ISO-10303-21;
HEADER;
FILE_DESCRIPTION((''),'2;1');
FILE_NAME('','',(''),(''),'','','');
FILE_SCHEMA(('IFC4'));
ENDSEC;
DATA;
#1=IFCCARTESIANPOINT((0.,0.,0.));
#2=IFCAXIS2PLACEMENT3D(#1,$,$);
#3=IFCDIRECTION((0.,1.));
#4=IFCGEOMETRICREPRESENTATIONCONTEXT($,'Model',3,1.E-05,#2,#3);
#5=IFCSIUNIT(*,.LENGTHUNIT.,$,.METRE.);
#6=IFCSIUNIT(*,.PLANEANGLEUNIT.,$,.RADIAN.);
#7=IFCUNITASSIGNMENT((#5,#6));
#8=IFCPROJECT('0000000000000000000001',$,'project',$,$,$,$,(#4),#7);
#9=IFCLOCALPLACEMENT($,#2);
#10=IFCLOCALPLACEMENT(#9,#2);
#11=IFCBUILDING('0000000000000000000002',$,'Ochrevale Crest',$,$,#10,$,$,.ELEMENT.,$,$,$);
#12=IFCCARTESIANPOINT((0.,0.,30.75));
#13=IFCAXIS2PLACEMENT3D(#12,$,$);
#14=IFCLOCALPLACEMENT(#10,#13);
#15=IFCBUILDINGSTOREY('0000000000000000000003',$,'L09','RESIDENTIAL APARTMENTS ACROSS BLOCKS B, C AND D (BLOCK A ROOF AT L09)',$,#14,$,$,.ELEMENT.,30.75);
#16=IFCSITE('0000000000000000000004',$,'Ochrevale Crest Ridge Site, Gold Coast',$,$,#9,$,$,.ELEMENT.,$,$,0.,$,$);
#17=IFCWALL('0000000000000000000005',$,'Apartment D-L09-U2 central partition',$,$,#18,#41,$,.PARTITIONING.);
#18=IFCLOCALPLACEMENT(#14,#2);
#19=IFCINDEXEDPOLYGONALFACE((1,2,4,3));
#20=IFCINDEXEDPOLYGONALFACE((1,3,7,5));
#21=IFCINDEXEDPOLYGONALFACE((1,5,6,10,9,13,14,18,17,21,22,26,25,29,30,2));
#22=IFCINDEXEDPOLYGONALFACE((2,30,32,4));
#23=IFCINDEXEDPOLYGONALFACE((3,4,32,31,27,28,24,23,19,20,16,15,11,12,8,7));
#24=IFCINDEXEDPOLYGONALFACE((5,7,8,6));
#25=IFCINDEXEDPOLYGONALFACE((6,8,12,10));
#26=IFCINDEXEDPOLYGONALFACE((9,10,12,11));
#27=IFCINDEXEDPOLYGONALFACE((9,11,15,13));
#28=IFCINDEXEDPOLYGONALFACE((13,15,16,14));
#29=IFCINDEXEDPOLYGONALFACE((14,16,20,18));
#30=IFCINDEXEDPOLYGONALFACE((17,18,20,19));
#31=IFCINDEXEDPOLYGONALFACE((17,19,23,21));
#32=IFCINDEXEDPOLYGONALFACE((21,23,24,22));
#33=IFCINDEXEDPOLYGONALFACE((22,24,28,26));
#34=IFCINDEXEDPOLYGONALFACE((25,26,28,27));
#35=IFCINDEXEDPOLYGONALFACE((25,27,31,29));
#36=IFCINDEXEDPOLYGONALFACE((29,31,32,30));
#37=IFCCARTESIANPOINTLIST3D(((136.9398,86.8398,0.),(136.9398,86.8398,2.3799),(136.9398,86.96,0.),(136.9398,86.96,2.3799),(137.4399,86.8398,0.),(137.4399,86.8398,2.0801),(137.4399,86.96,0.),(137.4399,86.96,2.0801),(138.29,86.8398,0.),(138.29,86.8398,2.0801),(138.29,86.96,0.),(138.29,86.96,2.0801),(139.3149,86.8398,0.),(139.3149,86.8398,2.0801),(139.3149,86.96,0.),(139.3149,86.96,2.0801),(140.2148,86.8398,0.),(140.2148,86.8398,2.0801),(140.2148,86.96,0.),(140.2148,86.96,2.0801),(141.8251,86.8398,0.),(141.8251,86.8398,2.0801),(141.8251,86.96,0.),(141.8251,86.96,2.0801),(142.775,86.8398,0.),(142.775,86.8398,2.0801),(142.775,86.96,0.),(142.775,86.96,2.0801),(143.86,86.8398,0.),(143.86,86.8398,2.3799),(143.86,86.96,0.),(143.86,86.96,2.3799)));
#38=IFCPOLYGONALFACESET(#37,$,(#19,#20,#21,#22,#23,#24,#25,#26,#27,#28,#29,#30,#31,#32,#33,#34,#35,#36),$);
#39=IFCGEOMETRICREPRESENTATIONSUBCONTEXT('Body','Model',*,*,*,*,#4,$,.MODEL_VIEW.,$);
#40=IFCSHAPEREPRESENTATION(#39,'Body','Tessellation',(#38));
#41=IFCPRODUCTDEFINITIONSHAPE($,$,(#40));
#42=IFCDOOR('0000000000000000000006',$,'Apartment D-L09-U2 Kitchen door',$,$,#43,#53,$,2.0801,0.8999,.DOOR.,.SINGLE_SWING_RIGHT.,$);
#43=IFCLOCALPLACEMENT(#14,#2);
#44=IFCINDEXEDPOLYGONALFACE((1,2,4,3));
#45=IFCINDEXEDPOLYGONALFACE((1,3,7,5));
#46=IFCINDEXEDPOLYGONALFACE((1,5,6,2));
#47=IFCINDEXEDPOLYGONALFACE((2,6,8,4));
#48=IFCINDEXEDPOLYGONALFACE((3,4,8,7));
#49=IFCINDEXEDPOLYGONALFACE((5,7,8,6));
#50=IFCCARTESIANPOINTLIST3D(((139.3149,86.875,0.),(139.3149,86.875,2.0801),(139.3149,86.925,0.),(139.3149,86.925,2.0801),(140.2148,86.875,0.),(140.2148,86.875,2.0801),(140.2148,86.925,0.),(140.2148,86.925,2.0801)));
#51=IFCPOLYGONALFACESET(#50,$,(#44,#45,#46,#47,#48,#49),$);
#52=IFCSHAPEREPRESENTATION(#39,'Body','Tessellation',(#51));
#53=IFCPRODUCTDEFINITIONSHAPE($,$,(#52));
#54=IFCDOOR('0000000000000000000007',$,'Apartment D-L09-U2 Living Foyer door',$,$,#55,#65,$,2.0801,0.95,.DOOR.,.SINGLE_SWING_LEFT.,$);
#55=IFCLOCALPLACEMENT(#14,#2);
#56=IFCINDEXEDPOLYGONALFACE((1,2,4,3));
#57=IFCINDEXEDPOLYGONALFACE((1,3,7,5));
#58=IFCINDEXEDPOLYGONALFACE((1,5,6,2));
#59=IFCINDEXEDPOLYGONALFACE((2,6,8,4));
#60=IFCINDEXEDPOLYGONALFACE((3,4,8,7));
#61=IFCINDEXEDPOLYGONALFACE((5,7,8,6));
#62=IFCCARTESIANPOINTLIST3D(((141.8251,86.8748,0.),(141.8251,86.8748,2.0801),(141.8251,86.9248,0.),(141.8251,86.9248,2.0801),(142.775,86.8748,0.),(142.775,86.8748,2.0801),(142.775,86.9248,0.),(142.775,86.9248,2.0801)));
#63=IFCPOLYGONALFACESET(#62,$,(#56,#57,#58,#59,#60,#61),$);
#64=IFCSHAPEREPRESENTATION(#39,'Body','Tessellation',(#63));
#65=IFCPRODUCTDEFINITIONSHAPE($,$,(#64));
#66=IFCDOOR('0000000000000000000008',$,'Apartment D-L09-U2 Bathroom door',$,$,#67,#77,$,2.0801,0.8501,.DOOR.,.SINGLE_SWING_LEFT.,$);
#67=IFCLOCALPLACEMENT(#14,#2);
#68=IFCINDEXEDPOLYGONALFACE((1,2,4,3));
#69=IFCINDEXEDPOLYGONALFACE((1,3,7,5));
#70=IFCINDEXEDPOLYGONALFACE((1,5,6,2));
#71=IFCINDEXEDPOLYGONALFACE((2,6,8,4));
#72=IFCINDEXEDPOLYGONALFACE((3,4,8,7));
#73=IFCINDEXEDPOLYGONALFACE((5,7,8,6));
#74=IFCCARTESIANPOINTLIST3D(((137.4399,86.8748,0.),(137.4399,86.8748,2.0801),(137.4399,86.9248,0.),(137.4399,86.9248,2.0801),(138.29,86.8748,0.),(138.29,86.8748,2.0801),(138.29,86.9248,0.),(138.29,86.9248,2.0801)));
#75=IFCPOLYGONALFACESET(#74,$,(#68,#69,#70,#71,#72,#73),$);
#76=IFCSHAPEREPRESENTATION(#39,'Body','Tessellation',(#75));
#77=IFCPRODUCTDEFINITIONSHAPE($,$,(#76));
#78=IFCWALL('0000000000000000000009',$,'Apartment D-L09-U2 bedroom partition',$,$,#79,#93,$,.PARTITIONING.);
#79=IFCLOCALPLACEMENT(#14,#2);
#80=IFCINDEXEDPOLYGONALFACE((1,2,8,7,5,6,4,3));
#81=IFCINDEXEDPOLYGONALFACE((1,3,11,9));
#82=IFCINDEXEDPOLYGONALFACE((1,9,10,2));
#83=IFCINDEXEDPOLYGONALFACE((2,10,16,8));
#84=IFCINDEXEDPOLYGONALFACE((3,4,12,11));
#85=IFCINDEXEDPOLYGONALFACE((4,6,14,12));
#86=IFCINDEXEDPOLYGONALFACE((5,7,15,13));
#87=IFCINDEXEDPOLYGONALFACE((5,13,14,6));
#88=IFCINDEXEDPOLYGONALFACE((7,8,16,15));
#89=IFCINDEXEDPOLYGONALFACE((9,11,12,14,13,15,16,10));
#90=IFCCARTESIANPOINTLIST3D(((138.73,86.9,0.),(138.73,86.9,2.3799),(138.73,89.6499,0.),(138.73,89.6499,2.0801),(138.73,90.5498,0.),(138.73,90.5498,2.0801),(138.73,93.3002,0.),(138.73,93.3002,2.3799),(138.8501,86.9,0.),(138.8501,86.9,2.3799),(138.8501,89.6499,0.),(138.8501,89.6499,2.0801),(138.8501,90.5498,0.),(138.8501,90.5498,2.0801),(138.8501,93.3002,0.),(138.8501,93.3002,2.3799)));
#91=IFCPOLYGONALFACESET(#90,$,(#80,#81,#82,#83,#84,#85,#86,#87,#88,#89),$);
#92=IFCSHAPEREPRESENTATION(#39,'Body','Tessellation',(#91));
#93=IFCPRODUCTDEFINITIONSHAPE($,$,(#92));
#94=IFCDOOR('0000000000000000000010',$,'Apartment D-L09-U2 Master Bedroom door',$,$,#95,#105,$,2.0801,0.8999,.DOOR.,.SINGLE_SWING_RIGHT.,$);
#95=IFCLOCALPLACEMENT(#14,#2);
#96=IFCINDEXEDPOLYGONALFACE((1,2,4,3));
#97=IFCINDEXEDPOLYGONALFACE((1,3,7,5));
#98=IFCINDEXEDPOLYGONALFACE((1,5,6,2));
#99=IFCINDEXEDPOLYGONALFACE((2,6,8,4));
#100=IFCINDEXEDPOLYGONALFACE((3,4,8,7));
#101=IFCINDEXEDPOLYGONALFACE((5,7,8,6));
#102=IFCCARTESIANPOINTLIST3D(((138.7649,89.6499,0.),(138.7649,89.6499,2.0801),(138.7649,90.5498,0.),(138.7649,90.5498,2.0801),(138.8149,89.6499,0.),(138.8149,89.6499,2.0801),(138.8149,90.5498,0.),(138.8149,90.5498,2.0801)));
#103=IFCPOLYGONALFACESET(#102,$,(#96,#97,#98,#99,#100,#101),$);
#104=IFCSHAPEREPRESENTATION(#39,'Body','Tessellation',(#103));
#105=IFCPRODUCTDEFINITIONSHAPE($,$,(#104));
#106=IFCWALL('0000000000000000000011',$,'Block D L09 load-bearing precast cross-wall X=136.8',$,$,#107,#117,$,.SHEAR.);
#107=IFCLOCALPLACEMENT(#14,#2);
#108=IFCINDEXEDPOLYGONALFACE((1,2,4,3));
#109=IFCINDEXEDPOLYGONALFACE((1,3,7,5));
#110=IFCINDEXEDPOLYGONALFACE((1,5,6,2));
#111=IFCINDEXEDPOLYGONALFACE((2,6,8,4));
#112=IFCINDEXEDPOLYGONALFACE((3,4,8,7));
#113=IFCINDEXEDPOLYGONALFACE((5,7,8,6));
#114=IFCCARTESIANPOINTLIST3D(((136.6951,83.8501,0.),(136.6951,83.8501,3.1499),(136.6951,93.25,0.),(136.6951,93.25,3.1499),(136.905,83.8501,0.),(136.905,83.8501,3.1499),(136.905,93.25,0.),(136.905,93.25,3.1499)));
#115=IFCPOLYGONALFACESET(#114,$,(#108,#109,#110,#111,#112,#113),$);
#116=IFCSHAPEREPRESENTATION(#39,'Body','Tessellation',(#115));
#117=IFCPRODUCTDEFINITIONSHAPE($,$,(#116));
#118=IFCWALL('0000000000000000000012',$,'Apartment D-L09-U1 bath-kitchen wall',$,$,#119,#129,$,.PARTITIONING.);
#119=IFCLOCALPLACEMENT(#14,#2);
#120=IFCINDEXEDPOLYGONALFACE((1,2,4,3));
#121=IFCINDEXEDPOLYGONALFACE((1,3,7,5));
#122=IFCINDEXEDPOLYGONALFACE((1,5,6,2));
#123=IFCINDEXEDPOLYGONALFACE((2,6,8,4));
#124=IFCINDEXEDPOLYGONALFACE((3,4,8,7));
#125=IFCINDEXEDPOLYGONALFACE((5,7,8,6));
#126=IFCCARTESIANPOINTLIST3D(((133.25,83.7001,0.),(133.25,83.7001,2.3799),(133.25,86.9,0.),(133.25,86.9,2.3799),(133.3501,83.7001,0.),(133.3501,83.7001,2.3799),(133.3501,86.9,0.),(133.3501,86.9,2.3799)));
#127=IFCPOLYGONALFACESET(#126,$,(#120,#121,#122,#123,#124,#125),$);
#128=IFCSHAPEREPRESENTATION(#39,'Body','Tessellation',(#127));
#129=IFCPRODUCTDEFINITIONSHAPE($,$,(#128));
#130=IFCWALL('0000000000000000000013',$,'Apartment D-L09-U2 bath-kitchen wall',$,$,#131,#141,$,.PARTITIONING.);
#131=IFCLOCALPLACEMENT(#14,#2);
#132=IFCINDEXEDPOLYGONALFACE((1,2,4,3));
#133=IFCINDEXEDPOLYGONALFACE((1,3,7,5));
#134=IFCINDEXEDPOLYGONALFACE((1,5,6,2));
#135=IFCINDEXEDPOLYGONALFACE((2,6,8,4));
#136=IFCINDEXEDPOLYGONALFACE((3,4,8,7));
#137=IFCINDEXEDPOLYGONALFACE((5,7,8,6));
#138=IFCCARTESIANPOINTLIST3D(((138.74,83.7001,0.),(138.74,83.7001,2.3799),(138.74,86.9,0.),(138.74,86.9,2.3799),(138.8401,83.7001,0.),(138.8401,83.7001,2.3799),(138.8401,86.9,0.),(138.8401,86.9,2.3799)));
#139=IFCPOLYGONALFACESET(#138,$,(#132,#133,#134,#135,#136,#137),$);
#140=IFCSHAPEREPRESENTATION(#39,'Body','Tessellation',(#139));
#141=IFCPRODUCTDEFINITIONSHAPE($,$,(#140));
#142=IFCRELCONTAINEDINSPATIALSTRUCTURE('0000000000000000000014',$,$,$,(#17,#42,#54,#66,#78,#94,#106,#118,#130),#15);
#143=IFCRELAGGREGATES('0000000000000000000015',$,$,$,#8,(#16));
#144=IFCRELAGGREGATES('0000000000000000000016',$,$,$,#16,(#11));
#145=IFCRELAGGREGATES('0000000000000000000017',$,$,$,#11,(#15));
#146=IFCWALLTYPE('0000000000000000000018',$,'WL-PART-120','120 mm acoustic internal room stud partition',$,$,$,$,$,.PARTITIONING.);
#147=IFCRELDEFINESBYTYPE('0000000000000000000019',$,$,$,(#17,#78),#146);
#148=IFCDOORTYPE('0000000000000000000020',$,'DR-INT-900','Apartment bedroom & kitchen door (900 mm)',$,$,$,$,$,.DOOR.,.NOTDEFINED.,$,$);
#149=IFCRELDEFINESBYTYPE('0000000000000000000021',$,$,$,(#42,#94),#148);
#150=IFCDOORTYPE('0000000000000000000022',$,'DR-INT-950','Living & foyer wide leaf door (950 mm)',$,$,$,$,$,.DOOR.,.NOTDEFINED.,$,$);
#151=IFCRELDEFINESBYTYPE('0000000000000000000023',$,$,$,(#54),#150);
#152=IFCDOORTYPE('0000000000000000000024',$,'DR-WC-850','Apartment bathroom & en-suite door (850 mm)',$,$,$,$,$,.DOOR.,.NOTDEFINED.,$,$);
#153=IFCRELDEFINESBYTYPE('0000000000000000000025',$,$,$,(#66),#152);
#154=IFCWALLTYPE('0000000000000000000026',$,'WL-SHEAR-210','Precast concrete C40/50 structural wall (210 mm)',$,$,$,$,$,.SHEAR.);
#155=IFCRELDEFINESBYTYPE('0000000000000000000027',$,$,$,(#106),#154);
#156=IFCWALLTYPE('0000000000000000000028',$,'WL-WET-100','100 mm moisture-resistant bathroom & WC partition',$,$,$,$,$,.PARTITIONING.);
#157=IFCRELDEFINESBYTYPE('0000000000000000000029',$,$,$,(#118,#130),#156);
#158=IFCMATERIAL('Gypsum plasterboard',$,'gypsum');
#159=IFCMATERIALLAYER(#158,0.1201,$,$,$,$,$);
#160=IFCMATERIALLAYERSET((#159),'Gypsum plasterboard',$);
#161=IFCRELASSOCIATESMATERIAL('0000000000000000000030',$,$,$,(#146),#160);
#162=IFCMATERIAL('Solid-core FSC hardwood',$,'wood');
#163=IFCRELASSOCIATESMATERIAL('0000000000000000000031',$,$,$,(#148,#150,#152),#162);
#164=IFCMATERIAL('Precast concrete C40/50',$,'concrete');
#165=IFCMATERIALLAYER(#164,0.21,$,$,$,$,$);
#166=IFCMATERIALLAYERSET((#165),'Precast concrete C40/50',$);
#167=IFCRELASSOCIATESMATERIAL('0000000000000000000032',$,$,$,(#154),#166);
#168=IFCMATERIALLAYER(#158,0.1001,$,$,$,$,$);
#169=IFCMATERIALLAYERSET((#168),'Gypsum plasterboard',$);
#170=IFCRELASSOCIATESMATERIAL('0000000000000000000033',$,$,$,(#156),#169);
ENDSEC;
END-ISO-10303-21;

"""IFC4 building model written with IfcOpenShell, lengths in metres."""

from ifc_helpers import new_model, si_unit, direction, frame, frame_2d, origin, place, context, subcontext, project, spatial, rectangle, extrude, material, layer, layer_set, type_object, element, fill, save


model = new_model("IFC4")

# Units and contexts
model_context = context("Model", 3, precision=1e-05, world=origin(), true_north=direction((0.0, 1.0)))
body_context = subcontext(model_context, "Body", "Model", "MODEL_VIEW")
ifc_project = project(units=[si_unit("LENGTHUNIT", "METRE"), si_unit("PLANEANGLEUNIT", "RADIAN")], contexts=[model_context])

# Site, building, storey
site_placement = place(None, origin())
site = spatial("IfcSite", under=ifc_project, at=site_placement, Name="Ochrevale Crest Ridge Site, Gold Coast", CompositionType="ELEMENT", RefElevation=0.0)
building_placement = place(site_placement, origin())
building = spatial("IfcBuilding", under=site, at=building_placement, Name="Ochrevale Crest", CompositionType="ELEMENT")
storey_placement = place(building_placement, frame((0.0, 0.0, 30.75)))
storey = spatial("IfcBuildingStorey", under=building, at=storey_placement, Name="L09", Description="RESIDENTIAL APARTMENTS ACROSS BLOCKS B, C AND D (BLOCK A ROOF AT L09)", CompositionType="ELEMENT", Elevation=30.75)

# Shared definitions
ifc_material_1 = material(Name="Gypsum plasterboard", Category="gypsum")
ifc_material_2 = material(Name="Solid-core FSC hardwood", Category="wood")

# Shared definitions
ifc_layer_1 = layer(ifc_material_1, 0.1201)
ifc_layer_set_1 = layer_set([ifc_layer_1], Name="Gypsum plasterboard")
wall_type_1 = type_object("IfcWallType", Name="WL-PART-120", Description="120 mm acoustic internal room stud partition", PredefinedType="PARTITIONING", material=ifc_layer_set_1)

# Shared definitions
door_type_1 = type_object("IfcDoorType", Name="DR-INT-900", Description="Apartment bedroom & kitchen door (900 mm)", OperationType="NOTDEFINED", PredefinedType="DOOR", material=ifc_material_2)

# Wall, openings, doors
wall_1_placement = place(storey_placement, frame((136.9399, 86.8999, 0.0), z_axis=(0.0, 0.0, 1.0), x_axis=(1.0, 0.0, 0.0)))
wall_1 = element("IfcWall", 1, at=wall_1_placement, inside=storey, type_object=wall_type_1, Name="Apartment D-L09-U2 central partition", PredefinedType="PARTITIONING", context=body_context, shape_type="SweptSolid", body=[
    extrude(rectangle(XDim=6.9202, YDim=0.1201, at=frame_2d((3.46, 0.0))), origin(), (0.0, 0.0, 1.0), 2.3799),
])
opening_1_placement = place(wall_1_placement, frame((0.5, 0.0, 0.0)))
opening_1 = element("IfcOpeningElement", 2, at=opening_1_placement, cuts=wall_1, PredefinedType="OPENING", context=body_context, shape_type="SweptSolid", body=[
    extrude(rectangle(XDim=0.8501, YDim=2.0801, at=frame_2d((0.425, 1.04))), frame((0.0, 0.0701, 0.0), z_axis=(0.0, -1.0, 0.0), x_axis=(1.0, 0.0, 0.0)), (0.0, 0.0, 1.0), 0.1401),
])
opening_2_placement = place(wall_1_placement, frame((3.2749, 0.0, 0.0), z_axis=(0.0, 0.0, 1.0), x_axis=(-1.0, 0.0, 0.0)))
opening_2 = element("IfcOpeningElement", 3, at=opening_2_placement, cuts=wall_1, PredefinedType="OPENING", context=body_context, shape_type="SweptSolid", body=[
    extrude(rectangle(XDim=0.8999, YDim=2.0801, at=frame_2d((0.45, 1.04))), frame((0.0, 0.0701, 0.0), z_axis=(0.0, -1.0, 0.0), x_axis=(1.0, 0.0, 0.0)), (0.0, 0.0, 1.0), 0.1401),
])
opening_3_placement = place(wall_1_placement, frame((4.885, 0.0, 0.0)))
opening_3 = element("IfcOpeningElement", 4, at=opening_3_placement, cuts=wall_1, PredefinedType="OPENING", context=body_context, shape_type="SweptSolid", body=[
    extrude(rectangle(XDim=0.95, YDim=2.0801, at=frame_2d((0.4751, 1.04))), frame((0.0, 0.0701, 0.0), z_axis=(0.0, -1.0, 0.0), x_axis=(1.0, 0.0, 0.0)), (0.0, 0.0, 1.0), 0.1401),
])
door_1_placement = place(opening_2_placement, origin())
door_1 = element("IfcDoor", 5, at=door_1_placement, inside=storey, type_object=door_type_1, Name="Apartment D-L09-U2 Kitchen door", OperationType="SINGLE_SWING_RIGHT", OverallHeight=2.0801, OverallWidth=0.8999, PredefinedType="DOOR", context=body_context, shape_type="SweptSolid", body=[
    extrude(rectangle(XDim=0.8999, YDim=2.0801, at=frame_2d((0.45, 1.04))), frame((0.0, 0.0249, 0.0), z_axis=(0.0, -1.0, 0.0), x_axis=(1.0, 0.0, 0.0)), (0.0, 0.0, 1.0), 0.05),
])
fill(opening_2, door_1)
door_type_2 = type_object("IfcDoorType", Name="DR-INT-950", Description="Living & foyer wide leaf door (950 mm)", OperationType="NOTDEFINED", PredefinedType="DOOR", material=ifc_material_2)
door_2_placement = place(opening_3_placement, origin())
door_2 = element("IfcDoor", 6, at=door_2_placement, inside=storey, type_object=door_type_2, Name="Apartment D-L09-U2 Living Foyer door", OperationType="SINGLE_SWING_LEFT", OverallHeight=2.0801, OverallWidth=0.95, PredefinedType="DOOR", context=body_context, shape_type="SweptSolid", body=[
    extrude(rectangle(XDim=0.95, YDim=2.0801, at=frame_2d((0.4751, 1.04))), frame((0.0, 0.0249, 0.0), z_axis=(0.0, -1.0, 0.0), x_axis=(1.0, 0.0, 0.0)), (0.0, 0.0, 1.0), 0.05),
])
fill(opening_3, door_2)
door_type_3 = type_object("IfcDoorType", Name="DR-WC-850", Description="Apartment bathroom & en-suite door (850 mm)", OperationType="NOTDEFINED", PredefinedType="DOOR", material=ifc_material_2)
door_3_placement = place(opening_1_placement, origin())
door_3 = element("IfcDoor", 7, at=door_3_placement, inside=storey, type_object=door_type_3, Name="Apartment D-L09-U2 Bathroom door", OperationType="SINGLE_SWING_LEFT", OverallHeight=2.0801, OverallWidth=0.8501, PredefinedType="DOOR", context=body_context, shape_type="SweptSolid", body=[
    extrude(rectangle(XDim=0.8501, YDim=2.0801, at=frame_2d((0.425, 1.04))), frame((0.0, 0.0249, 0.0), z_axis=(0.0, -1.0, 0.0), x_axis=(1.0, 0.0, 0.0)), (0.0, 0.0, 1.0), 0.05),
])
fill(opening_1, door_3)

# Wall, opening, door
wall_2_placement = place(storey_placement, frame((138.79, 86.8999, 0.0), z_axis=(0.0, 0.0, 1.0), x_axis=(0.0, 1.0, 0.0)))
wall_2 = element("IfcWall", 8, at=wall_2_placement, inside=storey, type_object=wall_type_1, Name="Apartment D-L09-U2 bedroom partition", PredefinedType="PARTITIONING", context=body_context, shape_type="SweptSolid", body=[
    extrude(rectangle(XDim=6.4001, YDim=0.1201, at=frame_2d((3.2002, 0.0))), origin(), (0.0, 0.0, 1.0), 2.3799),
])
opening_4_placement = place(wall_2_placement, frame((3.6499, 0.0, 0.0), z_axis=(0.0, 0.0, 1.0), x_axis=(-1.0, 0.0, 0.0)))
opening_4 = element("IfcOpeningElement", 9, at=opening_4_placement, cuts=wall_2, PredefinedType="OPENING", context=body_context, shape_type="SweptSolid", body=[
    extrude(rectangle(XDim=0.8999, YDim=2.0801, at=frame_2d((0.45, 1.04))), frame((0.0, 0.0701, 0.0), z_axis=(0.0, -1.0, 0.0), x_axis=(1.0, 0.0, 0.0)), (0.0, 0.0, 1.0), 0.1401),
])
door_4_placement = place(opening_4_placement, origin())
door_4 = element("IfcDoor", 10, at=door_4_placement, inside=storey, type_object=door_type_1, Name="Apartment D-L09-U2 Master Bedroom door", OperationType="SINGLE_SWING_RIGHT", OverallHeight=2.0801, OverallWidth=0.8999, PredefinedType="DOOR", context=body_context, shape_type="SweptSolid", body=[
    extrude(rectangle(XDim=0.8999, YDim=2.0801, at=frame_2d((0.45, 1.04))), frame((0.0, 0.0249, 0.0), z_axis=(0.0, -1.0, 0.0), x_axis=(1.0, 0.0, 0.0)), (0.0, 0.0, 1.0), 0.05),
])
fill(opening_4, door_4)

# Walls
ifc_material_3 = material(Name="Precast concrete C40/50", Category="concrete")
ifc_layer_2 = layer(ifc_material_3, 0.21)
ifc_layer_set_2 = layer_set([ifc_layer_2], Name="Precast concrete C40/50")
wall_type_2 = type_object("IfcWallType", Name="WL-SHEAR-210", Description="Precast concrete C40/50 structural wall (210 mm)", PredefinedType="SHEAR", material=ifc_layer_set_2)
wall_3_placement = place(storey_placement, frame((136.8, 83.8501, 0.0), z_axis=(0.0, 0.0, 1.0), x_axis=(0.0, 1.0, 0.0)))
element("IfcWall", 11, at=wall_3_placement, inside=storey, type_object=wall_type_2, Name="Block D L09 load-bearing precast cross-wall X=136.8", PredefinedType="SHEAR", context=body_context, shape_type="SweptSolid", body=[
    extrude(rectangle(XDim=9.3999, YDim=0.21, at=frame_2d((4.7, 0.0))), origin(), (0.0, 0.0, 1.0), 3.1499),
])
ifc_layer_3 = layer(ifc_material_1, 0.1001)
ifc_layer_set_3 = layer_set([ifc_layer_3], Name="Gypsum plasterboard")
wall_type_3 = type_object("IfcWallType", Name="WL-WET-100", Description="100 mm moisture-resistant bathroom & WC partition", PredefinedType="PARTITIONING", material=ifc_layer_set_3)
for number, where, z_axis, x_axis, name in (
    (12, (133.3, 83.7, 0.0), (0.0, 0.0, 1.0), (0.0, 1.0, 0.0), "Apartment D-L09-U1 bath-kitchen wall"),
    (13, (138.79, 83.7, 0.0), (0.0, 0.0, 1.0), (0.0, 1.0, 0.0), "Apartment D-L09-U2 bath-kitchen wall"),
):
    element("IfcWall", number, at=place(storey_placement, frame(where, z_axis=z_axis, x_axis=x_axis)), inside=storey, type_object=wall_type_3, Name=name, PredefinedType="PARTITIONING", context=body_context, shape_type="SweptSolid", body=[
        extrude(rectangle(XDim=3.2, YDim=0.1001, at=frame_2d((1.6001, 0.0))), origin(), (0.0, 0.0, 1.0), 2.3799),
    ])

save(model, "model.ifc")
